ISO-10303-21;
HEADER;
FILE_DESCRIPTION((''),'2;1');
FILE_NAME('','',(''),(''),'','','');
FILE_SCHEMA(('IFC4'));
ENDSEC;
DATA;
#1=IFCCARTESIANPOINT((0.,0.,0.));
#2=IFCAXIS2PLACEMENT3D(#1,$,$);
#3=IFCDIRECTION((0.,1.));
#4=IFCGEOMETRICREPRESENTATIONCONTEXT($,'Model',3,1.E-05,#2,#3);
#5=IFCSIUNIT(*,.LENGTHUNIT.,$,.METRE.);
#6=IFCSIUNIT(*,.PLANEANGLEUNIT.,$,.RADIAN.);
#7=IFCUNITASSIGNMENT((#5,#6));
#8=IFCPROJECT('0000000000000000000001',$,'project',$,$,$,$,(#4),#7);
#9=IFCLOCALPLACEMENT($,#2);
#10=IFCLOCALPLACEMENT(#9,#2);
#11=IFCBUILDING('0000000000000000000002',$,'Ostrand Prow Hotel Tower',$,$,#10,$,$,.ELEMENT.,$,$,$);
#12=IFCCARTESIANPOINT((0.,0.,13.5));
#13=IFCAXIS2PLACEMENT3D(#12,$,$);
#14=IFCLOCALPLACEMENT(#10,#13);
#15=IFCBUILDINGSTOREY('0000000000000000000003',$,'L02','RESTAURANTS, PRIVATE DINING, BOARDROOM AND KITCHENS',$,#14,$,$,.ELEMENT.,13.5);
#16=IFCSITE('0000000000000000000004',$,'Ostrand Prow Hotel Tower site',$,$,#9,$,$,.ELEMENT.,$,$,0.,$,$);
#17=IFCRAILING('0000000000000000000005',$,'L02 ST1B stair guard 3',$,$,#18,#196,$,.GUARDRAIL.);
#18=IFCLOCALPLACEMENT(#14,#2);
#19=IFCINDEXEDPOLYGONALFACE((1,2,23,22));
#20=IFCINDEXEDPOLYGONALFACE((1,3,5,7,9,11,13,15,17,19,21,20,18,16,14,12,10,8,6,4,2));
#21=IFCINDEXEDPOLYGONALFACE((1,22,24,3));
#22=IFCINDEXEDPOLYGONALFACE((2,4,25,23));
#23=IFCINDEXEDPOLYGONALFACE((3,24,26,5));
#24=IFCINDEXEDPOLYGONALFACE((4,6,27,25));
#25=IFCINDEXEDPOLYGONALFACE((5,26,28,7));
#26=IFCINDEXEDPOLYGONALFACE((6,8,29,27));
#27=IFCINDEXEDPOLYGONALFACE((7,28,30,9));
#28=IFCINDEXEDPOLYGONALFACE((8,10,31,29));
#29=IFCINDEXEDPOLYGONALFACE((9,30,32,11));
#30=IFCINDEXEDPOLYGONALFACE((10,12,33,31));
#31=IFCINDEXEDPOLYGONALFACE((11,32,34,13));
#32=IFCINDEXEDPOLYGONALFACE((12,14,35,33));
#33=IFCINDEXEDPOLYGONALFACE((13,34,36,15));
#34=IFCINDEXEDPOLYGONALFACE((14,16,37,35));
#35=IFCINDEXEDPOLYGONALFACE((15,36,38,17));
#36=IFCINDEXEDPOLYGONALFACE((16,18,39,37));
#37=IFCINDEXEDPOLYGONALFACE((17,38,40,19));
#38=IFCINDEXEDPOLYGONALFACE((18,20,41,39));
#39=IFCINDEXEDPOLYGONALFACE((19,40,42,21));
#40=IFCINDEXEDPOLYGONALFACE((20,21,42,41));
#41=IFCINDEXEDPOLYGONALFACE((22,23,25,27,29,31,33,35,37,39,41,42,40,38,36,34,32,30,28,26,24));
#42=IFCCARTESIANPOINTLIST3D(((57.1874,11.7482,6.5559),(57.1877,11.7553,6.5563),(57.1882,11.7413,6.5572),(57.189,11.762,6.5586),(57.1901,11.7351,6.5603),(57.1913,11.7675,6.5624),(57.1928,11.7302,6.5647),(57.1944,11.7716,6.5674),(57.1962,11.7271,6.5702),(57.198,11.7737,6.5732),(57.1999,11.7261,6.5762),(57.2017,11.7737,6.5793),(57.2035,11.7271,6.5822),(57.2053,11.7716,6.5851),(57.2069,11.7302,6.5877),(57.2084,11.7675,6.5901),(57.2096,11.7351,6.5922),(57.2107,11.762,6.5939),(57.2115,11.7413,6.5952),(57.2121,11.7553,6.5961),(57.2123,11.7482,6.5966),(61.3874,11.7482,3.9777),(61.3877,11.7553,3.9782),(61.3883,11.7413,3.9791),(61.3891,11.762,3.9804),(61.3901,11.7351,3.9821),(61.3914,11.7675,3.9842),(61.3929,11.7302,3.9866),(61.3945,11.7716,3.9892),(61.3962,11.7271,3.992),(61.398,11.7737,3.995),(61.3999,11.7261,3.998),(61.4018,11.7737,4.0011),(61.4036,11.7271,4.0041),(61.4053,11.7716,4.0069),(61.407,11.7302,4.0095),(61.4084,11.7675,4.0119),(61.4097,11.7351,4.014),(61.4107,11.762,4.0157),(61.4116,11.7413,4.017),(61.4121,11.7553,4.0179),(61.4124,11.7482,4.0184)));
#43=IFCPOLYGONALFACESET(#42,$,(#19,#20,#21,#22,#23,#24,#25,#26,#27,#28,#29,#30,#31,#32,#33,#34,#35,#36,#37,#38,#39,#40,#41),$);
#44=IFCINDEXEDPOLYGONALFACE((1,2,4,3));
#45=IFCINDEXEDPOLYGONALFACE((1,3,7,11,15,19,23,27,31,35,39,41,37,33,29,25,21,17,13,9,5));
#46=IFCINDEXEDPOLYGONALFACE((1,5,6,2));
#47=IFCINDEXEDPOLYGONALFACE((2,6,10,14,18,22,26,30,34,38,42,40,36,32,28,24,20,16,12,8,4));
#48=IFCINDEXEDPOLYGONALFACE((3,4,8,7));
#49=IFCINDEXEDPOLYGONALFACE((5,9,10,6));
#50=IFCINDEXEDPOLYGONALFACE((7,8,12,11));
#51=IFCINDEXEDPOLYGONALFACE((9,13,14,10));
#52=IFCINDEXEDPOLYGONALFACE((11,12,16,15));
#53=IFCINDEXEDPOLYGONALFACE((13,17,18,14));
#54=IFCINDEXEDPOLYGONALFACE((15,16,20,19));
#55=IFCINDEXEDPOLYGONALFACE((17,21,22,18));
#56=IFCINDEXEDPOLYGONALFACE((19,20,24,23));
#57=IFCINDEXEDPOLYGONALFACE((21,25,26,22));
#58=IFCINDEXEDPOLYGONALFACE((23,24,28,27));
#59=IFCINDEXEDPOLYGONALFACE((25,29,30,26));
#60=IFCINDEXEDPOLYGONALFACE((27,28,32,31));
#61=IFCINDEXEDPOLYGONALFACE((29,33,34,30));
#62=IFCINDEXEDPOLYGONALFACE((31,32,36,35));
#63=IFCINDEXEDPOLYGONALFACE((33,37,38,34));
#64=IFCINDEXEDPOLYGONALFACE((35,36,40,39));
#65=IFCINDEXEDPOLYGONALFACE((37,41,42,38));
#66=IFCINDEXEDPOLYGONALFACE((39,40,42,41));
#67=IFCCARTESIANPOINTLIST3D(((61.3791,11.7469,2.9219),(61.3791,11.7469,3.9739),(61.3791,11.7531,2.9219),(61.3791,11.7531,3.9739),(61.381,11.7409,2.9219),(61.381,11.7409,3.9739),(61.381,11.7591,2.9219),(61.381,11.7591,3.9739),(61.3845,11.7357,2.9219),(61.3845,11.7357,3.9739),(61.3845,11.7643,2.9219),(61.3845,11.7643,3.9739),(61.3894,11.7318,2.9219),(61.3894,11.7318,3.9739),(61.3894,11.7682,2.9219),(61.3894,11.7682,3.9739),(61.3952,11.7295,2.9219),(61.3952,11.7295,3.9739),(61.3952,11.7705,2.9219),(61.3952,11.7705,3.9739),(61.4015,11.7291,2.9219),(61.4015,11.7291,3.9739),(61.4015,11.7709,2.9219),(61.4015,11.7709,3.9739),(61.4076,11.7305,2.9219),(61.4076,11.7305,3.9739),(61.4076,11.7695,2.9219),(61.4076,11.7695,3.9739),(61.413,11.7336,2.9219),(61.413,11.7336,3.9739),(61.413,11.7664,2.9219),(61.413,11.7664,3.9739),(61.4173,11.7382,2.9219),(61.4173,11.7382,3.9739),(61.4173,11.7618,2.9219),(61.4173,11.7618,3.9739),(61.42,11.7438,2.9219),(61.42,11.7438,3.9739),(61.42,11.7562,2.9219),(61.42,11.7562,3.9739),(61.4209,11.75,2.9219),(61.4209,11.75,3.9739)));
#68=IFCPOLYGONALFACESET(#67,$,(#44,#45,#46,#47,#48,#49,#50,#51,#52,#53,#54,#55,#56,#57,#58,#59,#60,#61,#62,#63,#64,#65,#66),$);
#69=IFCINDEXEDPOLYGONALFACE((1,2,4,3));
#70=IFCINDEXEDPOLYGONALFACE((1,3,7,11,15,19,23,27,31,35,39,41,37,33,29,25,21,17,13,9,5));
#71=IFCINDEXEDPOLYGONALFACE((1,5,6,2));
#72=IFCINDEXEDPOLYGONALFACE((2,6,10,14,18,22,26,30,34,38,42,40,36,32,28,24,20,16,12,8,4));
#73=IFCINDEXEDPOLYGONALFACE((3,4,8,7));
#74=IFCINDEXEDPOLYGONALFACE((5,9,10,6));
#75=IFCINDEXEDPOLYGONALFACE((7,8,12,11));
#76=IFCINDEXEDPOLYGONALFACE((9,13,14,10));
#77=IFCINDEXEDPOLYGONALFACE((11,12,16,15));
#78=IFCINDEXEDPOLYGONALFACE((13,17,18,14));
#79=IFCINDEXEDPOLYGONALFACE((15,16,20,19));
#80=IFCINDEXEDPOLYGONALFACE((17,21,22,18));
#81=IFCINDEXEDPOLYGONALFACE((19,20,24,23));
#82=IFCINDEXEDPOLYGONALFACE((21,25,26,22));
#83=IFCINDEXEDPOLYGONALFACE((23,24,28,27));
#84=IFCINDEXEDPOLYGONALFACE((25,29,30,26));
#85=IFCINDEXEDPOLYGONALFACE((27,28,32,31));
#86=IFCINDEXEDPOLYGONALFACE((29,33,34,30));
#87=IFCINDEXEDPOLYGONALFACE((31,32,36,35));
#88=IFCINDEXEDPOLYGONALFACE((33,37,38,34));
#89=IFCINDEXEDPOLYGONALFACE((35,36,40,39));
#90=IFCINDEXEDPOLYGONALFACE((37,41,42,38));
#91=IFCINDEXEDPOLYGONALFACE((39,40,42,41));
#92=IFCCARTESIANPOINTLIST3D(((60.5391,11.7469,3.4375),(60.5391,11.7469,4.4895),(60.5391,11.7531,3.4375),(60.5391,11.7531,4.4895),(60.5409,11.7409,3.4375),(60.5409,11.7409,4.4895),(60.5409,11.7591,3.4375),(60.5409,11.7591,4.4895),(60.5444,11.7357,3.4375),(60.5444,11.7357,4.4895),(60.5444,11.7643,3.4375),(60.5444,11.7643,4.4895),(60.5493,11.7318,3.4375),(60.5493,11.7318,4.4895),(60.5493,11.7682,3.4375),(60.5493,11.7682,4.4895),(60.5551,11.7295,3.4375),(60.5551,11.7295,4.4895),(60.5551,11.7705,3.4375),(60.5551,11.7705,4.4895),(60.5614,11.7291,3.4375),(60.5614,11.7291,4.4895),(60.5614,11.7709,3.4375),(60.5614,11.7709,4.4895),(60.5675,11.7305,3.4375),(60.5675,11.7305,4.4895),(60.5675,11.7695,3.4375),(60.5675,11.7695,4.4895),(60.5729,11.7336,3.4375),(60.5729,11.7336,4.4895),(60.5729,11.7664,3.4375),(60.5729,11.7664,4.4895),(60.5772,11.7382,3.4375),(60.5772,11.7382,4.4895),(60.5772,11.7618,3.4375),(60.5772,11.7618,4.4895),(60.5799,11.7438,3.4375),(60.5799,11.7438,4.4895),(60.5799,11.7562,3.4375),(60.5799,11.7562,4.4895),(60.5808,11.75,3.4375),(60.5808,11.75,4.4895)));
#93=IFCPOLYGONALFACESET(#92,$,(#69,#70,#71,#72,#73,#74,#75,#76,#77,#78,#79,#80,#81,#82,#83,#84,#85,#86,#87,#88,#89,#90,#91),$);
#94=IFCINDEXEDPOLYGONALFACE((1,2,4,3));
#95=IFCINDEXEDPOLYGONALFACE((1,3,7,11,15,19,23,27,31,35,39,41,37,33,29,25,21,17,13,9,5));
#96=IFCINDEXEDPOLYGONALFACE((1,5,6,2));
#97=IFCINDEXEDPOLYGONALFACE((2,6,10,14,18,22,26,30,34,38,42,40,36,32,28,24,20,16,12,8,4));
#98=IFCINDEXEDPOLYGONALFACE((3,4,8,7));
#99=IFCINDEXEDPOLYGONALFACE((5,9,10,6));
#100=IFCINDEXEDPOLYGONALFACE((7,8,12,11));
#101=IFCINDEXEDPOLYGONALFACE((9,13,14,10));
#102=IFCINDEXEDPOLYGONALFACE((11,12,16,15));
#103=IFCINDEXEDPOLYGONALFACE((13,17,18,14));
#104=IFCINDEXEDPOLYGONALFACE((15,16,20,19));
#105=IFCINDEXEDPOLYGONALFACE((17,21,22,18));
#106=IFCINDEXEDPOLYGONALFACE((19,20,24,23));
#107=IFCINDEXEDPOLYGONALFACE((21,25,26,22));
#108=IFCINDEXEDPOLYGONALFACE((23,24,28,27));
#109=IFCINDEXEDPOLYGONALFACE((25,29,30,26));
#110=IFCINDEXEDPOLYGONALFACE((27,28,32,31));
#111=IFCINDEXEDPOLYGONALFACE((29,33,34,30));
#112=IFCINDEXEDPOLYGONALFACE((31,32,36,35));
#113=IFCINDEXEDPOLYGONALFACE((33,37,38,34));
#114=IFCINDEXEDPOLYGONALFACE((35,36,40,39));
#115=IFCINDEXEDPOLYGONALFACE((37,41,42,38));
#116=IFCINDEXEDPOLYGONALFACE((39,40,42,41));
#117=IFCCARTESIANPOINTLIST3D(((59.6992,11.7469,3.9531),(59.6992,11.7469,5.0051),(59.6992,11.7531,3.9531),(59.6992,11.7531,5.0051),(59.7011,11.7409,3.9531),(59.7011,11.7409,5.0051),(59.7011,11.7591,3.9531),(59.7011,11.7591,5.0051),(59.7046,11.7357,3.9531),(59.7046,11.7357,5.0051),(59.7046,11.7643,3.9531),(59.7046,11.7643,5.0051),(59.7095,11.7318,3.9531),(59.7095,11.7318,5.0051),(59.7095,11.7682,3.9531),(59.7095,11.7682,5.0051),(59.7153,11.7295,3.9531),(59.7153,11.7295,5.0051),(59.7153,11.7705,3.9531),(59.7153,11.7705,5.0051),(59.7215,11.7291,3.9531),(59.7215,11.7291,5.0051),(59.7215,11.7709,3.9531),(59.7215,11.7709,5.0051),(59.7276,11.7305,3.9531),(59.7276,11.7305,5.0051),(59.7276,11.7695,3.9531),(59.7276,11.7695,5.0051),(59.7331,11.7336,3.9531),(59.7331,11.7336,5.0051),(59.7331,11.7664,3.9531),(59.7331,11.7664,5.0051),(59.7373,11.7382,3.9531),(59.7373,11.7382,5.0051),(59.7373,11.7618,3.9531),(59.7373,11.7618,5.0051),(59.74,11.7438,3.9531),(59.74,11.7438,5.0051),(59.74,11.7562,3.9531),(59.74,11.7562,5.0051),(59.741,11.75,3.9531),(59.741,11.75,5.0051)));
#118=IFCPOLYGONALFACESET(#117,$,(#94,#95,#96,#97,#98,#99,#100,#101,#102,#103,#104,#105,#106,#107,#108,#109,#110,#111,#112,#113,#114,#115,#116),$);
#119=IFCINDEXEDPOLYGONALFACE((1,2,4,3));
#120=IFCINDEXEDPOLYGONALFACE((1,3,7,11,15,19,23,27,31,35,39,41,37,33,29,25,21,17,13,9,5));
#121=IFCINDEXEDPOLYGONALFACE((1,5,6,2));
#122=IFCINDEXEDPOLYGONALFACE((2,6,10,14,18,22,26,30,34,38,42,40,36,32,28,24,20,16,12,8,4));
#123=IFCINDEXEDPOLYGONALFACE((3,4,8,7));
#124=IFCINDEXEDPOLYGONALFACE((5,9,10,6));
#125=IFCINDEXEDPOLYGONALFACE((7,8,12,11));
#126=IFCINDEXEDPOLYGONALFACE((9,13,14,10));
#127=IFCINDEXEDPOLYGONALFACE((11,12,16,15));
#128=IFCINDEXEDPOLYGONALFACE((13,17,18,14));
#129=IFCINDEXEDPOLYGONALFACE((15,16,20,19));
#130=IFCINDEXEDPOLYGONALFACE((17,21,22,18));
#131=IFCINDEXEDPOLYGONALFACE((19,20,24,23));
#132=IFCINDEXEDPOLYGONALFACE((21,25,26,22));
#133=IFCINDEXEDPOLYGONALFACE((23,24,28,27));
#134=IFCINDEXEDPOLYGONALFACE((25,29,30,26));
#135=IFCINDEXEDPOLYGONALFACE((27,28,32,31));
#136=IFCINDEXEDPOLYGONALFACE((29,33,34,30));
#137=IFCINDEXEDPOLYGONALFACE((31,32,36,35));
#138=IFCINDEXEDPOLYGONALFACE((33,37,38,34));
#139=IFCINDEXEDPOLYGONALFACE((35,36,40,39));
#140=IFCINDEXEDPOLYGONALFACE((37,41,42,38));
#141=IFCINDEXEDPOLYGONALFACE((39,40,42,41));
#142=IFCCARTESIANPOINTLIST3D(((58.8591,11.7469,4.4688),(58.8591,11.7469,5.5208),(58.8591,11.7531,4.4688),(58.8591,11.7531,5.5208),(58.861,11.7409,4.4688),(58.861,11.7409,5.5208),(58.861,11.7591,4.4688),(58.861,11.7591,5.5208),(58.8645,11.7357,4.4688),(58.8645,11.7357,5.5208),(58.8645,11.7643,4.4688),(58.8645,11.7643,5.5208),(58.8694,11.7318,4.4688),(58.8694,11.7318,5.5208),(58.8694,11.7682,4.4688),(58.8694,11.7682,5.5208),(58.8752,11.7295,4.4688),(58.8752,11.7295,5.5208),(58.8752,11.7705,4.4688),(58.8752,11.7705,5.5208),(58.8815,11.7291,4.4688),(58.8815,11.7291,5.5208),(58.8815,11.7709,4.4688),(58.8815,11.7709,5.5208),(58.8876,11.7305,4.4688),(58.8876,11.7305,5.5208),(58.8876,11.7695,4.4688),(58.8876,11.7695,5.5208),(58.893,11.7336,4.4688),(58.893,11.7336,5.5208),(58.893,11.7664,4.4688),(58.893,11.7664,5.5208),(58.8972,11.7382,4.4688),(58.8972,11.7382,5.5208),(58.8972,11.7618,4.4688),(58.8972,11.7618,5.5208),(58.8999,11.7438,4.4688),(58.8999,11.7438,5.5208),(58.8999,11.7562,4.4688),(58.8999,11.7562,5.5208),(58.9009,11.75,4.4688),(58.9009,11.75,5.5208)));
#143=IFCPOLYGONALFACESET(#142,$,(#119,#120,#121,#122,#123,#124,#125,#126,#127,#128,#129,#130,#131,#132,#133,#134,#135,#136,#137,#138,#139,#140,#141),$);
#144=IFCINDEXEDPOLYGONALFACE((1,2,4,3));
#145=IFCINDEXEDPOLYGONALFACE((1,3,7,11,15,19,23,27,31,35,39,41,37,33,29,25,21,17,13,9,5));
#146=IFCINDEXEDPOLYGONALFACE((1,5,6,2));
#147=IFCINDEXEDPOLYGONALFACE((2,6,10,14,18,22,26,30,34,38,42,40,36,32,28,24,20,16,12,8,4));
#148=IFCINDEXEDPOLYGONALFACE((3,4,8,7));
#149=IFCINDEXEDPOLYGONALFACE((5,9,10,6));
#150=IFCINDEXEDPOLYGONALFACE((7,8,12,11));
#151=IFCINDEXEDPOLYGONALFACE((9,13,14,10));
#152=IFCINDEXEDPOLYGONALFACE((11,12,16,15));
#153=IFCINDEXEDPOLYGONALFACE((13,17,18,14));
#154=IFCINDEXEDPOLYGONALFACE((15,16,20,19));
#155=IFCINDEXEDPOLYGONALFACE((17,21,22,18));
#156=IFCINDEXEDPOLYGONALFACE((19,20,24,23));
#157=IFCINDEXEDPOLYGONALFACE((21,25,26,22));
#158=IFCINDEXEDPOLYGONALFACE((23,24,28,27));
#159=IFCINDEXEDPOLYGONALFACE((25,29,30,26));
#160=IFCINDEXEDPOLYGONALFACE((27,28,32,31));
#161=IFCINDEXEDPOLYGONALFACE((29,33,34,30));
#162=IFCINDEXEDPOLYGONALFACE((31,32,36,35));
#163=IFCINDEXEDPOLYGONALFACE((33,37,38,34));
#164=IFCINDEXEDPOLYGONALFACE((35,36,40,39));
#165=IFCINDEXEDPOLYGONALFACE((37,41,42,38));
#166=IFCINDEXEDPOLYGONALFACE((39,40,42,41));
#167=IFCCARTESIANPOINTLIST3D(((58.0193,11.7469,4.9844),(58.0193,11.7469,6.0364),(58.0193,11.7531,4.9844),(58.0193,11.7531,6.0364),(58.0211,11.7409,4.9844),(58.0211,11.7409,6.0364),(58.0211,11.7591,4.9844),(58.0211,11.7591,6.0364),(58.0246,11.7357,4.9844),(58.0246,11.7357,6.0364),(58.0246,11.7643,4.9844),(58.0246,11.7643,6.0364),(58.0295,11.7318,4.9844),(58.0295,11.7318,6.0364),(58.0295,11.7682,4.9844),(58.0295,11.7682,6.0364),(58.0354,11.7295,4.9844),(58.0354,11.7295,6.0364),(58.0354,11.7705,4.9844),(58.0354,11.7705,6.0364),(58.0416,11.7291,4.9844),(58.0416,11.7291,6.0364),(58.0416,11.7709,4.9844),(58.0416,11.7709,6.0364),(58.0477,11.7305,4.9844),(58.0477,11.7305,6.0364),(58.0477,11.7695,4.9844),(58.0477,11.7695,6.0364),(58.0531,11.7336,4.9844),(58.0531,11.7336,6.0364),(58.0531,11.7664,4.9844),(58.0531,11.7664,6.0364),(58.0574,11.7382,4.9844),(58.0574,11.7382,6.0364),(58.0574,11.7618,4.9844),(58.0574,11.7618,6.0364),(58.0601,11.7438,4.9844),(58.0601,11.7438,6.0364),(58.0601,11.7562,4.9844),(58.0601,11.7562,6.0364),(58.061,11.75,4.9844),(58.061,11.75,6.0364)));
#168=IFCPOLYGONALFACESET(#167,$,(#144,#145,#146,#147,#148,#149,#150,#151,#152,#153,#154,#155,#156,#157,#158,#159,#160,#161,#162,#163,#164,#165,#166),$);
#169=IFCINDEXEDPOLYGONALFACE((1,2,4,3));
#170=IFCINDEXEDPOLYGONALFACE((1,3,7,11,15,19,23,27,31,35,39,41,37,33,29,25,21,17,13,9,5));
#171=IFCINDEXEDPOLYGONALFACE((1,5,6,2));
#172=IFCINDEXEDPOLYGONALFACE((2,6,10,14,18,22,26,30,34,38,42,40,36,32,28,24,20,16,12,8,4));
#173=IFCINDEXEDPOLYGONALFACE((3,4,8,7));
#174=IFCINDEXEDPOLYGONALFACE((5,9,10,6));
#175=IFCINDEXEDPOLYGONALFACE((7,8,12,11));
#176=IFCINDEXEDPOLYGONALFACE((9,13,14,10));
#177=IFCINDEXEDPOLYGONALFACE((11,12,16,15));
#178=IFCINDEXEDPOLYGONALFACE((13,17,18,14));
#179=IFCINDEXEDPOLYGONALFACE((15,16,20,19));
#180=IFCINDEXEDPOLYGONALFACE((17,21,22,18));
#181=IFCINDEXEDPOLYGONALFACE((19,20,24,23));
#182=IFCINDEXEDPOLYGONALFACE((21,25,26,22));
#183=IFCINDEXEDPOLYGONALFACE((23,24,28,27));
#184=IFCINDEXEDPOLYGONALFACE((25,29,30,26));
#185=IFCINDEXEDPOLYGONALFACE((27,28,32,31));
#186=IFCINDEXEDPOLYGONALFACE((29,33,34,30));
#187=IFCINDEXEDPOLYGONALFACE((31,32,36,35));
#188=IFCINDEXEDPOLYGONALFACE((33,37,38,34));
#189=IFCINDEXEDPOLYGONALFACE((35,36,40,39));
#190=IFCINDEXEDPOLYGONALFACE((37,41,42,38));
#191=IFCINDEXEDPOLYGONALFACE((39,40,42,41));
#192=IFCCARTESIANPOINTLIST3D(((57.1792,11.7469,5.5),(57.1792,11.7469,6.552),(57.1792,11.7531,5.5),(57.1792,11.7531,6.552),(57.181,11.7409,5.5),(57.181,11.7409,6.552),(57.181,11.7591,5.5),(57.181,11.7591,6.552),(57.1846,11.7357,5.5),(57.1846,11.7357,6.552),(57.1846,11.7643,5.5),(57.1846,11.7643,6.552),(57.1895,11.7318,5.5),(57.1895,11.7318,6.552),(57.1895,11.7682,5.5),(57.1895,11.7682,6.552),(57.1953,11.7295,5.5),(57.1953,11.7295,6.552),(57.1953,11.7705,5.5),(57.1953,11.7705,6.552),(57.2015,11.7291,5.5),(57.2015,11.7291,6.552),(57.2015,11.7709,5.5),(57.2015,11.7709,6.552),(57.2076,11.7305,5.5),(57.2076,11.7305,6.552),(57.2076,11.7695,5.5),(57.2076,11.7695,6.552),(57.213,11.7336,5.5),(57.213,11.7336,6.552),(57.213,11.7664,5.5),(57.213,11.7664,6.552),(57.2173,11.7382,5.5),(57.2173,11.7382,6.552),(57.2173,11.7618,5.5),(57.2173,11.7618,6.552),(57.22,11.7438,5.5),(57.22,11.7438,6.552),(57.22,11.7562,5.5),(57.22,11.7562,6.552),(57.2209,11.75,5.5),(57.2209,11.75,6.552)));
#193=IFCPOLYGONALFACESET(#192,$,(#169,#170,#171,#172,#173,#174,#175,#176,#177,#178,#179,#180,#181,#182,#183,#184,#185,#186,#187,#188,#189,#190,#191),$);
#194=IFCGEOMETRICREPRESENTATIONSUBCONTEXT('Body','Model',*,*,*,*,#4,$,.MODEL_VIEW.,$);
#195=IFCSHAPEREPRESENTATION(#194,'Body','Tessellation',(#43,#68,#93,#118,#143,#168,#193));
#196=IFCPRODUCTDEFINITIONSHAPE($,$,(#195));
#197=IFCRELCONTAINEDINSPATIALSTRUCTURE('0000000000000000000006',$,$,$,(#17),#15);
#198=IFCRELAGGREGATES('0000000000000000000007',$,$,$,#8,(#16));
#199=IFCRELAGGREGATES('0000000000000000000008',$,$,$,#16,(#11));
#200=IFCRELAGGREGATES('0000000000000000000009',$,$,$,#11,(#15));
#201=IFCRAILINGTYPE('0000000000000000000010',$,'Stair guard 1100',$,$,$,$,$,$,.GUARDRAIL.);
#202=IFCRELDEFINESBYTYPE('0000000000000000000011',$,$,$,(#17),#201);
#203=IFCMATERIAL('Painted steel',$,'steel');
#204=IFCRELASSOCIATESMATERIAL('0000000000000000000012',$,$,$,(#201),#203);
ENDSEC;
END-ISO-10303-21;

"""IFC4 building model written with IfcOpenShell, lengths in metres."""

from ifc_helpers import new_model, si_unit, direction, frame, origin, origin_2d, place, context, subcontext, project, spatial, circle, extrude, material, type_object, element, save


model = new_model("IFC4")

# Units and contexts
model_context = context("Model", 3, precision=1e-05, world=origin(), true_north=direction((0.0, 1.0)))
body_context = subcontext(model_context, "Body", "Model", "MODEL_VIEW")
ifc_project = project(units=[si_unit("LENGTHUNIT", "METRE"), si_unit("PLANEANGLEUNIT", "RADIAN")], contexts=[model_context])

# Site, building, storey
site_placement = place(None, origin())
site = spatial("IfcSite", under=ifc_project, at=site_placement, Name="Ostrand Prow Hotel Tower site", CompositionType="ELEMENT", RefElevation=0.0)
building_placement = place(site_placement, origin())
building = spatial("IfcBuilding", under=site, at=building_placement, Name="Ostrand Prow Hotel Tower", CompositionType="ELEMENT")
storey_placement = place(building_placement, frame((0.0, 0.0, 13.5)))
storey = spatial("IfcBuildingStorey", under=building, at=storey_placement, Name="L02", Description="RESTAURANTS, PRIVATE DINING, BOARDROOM AND KITCHENS", CompositionType="ELEMENT", Elevation=13.5)

# Railing
ifc_material_1 = material(Name="Painted steel", Category="steel")
railing_type_1 = type_object("IfcRailingType", Name="Stair guard 1100", PredefinedType="GUARDRAIL", material=ifc_material_1)
railing_1_placement = place(storey_placement, frame((61.3999, 11.75, 2.9219)))
element("IfcRailing", 1, at=railing_1_placement, inside=storey, type_object=railing_type_1, Name="L02 ST1B stair guard 3", PredefinedType="GUARDRAIL", context=body_context, shape_type="SweptSolid", body=[
    extrude(circle(Radius=0.0239, at=origin_2d()), frame((0.0, 0.0, 1.0762), z_axis=(-0.852243, 0.0, 0.523146), x_axis=(0.0, -1.0, 0.0)), (0.0, 0.0, 1.0), 4.9282),
    extrude(circle(Radius=0.021, at=origin_2d()), origin(), (0.0, 0.0, 1.0), 1.052),
    extrude(circle(Radius=0.021, at=origin_2d()), frame((-0.8401, 0.0, 0.5156)), (0.0, 0.0, 1.0), 1.052),
    extrude(circle(Radius=0.021, at=origin_2d()), frame((-1.6799, 0.0, 1.0312)), (0.0, 0.0, 1.0), 1.052),
    extrude(circle(Radius=0.021, at=origin_2d()), frame((-2.52, 0.0, 1.5469)), (0.0, 0.0, 1.0), 1.052),
    extrude(circle(Radius=0.021, at=origin_2d()), frame((-3.3599, 0.0, 2.0625)), (0.0, 0.0, 1.0), 1.052),
    extrude(circle(Radius=0.021, at=origin_2d()), frame((-4.2, 0.0, 2.5781)), (0.0, 0.0, 1.0), 1.052),
])

save(model, "model.ifc")
